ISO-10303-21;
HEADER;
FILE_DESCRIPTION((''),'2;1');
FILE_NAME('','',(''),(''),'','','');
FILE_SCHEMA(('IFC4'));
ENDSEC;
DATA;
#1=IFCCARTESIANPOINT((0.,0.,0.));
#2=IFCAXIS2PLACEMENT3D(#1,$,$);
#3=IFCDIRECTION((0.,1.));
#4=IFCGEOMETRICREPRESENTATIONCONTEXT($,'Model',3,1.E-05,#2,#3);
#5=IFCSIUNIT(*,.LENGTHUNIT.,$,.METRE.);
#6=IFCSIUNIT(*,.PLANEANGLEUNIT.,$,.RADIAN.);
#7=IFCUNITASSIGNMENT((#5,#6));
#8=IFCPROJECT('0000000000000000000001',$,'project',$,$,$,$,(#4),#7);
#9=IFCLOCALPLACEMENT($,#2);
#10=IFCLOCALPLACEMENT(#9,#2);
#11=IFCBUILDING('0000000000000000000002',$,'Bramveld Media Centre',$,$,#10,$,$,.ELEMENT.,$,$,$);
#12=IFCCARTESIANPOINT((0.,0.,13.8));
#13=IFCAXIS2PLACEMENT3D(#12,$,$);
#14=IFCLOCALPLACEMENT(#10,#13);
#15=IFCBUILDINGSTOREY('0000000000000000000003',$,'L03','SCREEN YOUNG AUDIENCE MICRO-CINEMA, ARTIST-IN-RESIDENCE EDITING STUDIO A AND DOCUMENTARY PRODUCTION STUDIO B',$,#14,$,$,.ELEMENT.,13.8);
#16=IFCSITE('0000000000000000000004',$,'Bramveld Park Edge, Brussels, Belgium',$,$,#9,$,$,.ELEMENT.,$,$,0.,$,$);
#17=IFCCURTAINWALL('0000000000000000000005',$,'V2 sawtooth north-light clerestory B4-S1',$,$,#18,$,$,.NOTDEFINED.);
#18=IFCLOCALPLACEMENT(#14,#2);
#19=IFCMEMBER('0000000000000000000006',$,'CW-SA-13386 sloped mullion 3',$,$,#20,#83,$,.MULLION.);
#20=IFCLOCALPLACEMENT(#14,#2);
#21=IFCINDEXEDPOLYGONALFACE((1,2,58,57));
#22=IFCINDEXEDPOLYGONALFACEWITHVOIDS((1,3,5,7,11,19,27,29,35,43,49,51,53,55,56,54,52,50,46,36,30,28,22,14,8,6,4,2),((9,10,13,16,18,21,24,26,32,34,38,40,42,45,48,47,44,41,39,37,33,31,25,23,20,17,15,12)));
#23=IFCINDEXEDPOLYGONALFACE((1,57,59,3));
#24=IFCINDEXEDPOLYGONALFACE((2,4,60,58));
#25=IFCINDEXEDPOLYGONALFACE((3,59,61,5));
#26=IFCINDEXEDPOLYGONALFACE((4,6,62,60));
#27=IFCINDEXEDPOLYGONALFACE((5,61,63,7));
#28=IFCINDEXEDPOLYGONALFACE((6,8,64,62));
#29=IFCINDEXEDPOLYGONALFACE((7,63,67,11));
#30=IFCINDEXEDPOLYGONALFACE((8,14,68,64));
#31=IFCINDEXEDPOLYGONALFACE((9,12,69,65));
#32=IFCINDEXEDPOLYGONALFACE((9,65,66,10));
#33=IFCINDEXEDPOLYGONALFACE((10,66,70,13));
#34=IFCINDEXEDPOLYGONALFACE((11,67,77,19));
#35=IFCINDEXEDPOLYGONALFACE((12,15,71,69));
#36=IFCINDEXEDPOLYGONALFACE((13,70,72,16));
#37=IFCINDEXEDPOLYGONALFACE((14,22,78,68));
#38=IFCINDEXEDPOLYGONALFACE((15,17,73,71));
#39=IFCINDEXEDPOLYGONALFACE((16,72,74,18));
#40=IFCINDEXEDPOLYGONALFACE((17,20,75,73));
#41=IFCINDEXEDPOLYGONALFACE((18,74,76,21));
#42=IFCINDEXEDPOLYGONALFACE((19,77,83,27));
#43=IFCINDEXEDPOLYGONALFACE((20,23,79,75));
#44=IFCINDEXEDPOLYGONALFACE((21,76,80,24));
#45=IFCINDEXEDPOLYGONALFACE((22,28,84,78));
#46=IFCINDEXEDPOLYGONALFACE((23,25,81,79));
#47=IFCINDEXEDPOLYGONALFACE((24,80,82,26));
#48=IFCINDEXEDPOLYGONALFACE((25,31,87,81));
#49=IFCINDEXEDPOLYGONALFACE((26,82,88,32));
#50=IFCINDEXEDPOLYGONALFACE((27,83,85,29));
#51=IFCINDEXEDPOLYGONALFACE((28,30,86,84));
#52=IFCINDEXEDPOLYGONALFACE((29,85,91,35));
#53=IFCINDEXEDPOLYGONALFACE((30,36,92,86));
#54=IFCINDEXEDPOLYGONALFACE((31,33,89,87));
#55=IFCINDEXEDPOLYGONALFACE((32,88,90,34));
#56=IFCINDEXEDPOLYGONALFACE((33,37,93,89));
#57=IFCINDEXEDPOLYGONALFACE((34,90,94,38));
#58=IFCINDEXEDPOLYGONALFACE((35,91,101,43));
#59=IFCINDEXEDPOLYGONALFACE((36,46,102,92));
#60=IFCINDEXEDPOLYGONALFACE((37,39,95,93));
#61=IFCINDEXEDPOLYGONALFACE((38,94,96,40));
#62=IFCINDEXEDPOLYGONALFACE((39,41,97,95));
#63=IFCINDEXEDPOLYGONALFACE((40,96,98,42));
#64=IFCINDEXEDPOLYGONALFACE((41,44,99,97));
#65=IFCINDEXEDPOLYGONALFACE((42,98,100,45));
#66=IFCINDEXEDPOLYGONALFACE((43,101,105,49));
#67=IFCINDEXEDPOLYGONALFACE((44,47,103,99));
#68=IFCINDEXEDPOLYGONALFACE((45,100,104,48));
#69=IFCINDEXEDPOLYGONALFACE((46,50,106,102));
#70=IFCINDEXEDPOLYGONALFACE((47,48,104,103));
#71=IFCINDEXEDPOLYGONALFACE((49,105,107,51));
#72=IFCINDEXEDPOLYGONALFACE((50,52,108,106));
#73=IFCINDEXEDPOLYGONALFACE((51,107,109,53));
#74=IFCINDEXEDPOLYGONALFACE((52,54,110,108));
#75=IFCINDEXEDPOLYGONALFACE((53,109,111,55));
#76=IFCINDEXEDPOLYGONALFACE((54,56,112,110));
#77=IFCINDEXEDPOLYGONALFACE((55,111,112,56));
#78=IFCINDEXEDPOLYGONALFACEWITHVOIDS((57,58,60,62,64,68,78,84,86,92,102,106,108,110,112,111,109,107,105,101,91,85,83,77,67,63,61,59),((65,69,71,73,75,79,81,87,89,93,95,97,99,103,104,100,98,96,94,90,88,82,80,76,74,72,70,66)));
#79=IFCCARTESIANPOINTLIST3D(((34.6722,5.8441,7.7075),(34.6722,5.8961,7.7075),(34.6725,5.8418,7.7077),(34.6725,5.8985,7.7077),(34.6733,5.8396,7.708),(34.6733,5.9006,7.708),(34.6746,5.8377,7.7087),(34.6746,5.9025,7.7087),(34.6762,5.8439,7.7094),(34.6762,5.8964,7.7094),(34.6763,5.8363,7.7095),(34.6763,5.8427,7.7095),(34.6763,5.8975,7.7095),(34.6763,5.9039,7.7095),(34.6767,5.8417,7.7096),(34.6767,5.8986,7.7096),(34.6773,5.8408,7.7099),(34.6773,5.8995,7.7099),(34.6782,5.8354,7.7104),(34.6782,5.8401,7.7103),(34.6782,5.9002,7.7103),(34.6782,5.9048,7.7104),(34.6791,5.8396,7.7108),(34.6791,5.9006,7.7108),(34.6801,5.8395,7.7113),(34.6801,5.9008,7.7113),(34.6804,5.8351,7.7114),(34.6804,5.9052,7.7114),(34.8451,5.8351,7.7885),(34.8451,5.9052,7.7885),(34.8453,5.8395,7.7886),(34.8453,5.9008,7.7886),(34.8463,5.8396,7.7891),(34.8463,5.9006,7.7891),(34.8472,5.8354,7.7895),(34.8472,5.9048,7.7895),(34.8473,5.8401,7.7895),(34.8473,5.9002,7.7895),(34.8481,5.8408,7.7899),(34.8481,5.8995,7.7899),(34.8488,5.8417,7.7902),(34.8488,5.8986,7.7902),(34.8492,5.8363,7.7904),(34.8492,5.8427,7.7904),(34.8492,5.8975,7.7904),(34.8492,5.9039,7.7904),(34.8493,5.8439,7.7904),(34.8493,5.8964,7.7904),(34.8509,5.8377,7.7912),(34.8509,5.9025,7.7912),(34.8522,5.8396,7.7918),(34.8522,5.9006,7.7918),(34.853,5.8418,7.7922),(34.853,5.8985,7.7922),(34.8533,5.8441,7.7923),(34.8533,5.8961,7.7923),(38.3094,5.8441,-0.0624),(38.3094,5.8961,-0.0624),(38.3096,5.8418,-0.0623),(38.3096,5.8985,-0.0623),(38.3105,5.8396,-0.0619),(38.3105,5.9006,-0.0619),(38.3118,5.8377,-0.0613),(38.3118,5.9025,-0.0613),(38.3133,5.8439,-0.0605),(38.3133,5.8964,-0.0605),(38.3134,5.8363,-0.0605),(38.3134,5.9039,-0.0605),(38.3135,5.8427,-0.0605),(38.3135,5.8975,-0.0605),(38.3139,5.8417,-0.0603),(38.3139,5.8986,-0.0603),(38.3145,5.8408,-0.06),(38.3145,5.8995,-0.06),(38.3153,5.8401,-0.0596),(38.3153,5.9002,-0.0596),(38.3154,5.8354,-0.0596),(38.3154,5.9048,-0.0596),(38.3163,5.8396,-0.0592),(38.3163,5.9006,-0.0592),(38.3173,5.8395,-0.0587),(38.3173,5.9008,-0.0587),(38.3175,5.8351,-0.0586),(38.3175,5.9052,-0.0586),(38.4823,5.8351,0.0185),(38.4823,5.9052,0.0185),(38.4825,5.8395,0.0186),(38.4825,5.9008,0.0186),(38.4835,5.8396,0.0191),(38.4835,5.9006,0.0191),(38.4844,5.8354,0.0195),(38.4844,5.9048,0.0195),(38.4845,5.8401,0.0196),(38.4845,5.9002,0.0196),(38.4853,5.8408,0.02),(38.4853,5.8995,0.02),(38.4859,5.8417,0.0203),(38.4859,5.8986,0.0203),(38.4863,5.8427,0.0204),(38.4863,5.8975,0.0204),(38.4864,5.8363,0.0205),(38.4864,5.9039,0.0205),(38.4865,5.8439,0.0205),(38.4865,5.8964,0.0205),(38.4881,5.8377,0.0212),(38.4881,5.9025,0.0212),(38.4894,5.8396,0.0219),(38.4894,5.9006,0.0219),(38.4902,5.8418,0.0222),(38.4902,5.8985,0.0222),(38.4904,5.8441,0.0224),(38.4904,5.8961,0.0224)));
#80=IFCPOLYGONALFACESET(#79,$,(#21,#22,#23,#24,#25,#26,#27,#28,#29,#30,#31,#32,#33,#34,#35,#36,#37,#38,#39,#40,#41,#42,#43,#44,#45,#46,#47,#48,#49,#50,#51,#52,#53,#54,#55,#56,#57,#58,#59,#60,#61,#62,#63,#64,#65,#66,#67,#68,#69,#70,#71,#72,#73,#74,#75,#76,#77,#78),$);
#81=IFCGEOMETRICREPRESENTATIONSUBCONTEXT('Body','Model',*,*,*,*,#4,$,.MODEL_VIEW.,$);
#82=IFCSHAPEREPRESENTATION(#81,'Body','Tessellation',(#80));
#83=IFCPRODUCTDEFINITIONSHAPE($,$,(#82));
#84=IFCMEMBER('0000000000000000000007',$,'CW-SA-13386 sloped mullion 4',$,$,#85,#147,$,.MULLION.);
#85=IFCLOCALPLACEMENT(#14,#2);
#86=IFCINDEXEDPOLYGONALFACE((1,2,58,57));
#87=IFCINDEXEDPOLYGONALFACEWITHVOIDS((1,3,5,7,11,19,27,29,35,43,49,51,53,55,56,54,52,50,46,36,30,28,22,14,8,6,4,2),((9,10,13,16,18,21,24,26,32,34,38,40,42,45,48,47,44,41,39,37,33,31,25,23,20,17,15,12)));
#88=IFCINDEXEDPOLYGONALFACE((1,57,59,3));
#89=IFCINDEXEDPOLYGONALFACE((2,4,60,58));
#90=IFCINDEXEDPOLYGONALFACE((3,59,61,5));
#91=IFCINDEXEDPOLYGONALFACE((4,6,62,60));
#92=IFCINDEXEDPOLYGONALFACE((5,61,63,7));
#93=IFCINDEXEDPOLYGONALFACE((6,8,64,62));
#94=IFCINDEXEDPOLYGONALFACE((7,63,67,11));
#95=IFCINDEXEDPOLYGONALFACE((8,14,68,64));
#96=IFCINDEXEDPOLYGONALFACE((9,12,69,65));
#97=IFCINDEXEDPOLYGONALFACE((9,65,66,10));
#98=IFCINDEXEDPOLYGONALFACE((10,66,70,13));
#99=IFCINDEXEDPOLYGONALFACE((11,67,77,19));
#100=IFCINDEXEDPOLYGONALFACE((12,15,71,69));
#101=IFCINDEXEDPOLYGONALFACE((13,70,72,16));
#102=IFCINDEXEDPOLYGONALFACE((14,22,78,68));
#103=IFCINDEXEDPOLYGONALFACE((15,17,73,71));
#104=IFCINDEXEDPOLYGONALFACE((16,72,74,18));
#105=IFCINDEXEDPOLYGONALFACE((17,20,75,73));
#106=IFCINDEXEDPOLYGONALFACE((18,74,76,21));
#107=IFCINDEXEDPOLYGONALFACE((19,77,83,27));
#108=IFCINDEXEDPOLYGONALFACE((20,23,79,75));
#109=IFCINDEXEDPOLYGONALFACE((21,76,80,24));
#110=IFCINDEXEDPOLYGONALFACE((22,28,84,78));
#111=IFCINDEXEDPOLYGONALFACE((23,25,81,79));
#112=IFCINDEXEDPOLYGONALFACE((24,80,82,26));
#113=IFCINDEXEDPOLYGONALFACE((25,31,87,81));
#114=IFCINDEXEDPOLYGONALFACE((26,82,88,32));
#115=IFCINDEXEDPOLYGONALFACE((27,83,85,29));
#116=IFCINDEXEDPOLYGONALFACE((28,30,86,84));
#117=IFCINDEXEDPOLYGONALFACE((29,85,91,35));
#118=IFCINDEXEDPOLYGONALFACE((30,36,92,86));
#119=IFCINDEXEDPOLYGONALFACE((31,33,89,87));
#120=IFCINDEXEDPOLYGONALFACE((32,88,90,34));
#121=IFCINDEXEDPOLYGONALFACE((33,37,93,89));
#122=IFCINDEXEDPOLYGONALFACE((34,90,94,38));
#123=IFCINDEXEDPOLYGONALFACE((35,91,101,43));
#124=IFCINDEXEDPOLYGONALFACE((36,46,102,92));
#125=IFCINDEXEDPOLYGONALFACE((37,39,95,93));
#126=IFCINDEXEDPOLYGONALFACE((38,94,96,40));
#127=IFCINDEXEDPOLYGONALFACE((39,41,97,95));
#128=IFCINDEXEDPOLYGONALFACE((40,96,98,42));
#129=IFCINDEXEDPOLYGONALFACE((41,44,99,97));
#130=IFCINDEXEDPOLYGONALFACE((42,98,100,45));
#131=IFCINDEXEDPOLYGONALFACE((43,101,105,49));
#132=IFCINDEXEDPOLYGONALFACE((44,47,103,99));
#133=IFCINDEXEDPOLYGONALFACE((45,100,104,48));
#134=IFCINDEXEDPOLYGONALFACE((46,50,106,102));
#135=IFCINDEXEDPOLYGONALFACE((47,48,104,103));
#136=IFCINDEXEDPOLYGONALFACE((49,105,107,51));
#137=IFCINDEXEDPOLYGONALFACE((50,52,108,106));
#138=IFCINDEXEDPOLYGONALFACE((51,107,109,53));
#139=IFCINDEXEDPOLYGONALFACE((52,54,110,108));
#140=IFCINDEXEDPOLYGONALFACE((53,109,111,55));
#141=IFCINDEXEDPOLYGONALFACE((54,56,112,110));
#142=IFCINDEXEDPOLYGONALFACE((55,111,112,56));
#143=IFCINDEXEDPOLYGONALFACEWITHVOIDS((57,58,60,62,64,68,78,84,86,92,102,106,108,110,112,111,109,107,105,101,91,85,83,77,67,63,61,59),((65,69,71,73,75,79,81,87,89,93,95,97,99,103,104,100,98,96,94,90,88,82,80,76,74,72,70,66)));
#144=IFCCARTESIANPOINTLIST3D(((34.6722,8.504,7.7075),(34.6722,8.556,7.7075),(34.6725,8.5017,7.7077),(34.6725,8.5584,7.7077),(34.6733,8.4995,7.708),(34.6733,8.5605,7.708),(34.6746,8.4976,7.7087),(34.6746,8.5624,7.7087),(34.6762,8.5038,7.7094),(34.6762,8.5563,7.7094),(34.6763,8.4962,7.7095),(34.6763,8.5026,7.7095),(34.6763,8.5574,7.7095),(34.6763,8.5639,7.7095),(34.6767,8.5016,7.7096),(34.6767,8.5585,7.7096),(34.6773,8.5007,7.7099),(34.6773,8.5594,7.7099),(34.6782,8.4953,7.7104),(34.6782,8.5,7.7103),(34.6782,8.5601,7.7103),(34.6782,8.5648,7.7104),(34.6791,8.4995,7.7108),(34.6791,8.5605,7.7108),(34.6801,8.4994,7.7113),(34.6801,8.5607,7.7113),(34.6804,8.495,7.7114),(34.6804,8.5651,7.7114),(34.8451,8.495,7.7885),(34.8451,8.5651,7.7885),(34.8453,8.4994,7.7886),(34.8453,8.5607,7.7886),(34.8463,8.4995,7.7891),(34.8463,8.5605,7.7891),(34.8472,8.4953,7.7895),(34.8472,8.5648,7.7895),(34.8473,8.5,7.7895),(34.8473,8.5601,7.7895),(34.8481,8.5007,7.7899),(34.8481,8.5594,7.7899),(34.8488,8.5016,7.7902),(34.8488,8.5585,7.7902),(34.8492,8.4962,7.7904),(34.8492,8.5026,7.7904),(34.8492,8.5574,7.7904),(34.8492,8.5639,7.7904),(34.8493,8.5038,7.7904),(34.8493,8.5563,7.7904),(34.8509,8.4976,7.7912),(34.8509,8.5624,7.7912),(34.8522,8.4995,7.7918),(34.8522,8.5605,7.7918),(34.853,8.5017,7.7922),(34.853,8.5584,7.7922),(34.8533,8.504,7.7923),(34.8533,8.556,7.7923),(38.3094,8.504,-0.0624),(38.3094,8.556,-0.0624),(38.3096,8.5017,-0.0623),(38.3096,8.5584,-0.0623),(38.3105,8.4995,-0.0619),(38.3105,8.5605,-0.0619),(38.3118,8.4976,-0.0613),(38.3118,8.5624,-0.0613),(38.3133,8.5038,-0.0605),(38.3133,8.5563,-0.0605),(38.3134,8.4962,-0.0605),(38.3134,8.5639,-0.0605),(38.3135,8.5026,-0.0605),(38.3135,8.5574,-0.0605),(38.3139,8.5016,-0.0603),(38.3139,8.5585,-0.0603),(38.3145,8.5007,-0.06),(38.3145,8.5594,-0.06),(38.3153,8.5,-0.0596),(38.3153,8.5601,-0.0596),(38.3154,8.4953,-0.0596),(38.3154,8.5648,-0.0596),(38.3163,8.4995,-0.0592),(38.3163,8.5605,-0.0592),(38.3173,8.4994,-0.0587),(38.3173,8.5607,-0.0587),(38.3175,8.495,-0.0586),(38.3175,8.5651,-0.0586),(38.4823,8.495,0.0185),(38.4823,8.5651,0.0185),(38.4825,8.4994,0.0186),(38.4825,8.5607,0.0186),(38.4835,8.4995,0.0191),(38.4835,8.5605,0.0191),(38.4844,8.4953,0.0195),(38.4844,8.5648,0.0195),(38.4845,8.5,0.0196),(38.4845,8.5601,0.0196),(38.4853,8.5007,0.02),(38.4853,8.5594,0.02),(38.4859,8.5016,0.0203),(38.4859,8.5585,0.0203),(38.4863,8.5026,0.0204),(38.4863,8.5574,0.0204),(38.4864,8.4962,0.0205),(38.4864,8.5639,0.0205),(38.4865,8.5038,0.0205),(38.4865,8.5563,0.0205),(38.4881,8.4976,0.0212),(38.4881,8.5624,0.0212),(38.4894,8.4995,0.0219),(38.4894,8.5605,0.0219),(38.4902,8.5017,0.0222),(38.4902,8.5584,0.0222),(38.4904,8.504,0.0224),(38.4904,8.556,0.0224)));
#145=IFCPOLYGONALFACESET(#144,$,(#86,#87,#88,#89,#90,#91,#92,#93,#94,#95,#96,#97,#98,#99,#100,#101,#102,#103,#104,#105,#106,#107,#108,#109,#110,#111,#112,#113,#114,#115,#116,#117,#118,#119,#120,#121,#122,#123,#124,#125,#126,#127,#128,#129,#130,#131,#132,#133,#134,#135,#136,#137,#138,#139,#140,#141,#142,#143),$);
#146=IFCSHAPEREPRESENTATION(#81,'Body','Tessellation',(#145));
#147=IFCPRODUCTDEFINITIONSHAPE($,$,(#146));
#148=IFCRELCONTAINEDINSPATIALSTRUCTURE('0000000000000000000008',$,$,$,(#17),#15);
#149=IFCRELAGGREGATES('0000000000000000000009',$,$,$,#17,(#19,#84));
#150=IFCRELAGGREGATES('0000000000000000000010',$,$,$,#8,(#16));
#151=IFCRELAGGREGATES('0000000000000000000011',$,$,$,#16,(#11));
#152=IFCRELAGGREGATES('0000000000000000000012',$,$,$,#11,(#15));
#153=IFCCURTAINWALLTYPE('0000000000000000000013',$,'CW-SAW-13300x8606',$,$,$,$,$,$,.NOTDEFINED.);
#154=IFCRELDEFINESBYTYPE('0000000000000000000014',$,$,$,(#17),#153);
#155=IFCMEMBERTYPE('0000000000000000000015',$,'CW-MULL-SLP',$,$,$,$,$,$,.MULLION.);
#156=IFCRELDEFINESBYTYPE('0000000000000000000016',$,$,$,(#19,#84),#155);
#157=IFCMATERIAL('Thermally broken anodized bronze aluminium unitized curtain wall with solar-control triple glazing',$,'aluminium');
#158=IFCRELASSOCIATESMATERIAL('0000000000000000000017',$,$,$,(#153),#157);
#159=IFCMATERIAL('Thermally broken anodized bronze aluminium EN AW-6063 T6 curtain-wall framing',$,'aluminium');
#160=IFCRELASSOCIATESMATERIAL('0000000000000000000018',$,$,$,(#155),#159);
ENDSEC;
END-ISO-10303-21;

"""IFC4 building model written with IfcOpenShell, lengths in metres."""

from ifc_helpers import new_model, si_unit, direction, frame, origin, origin_2d, place, context, subcontext, project, spatial, hollow_rectangle, extrude, material, material_profile, profile_set, type_object, element, aggregate, save


model = new_model("IFC4")

# Units and contexts
model_context = context("Model", 3, precision=1e-05, world=origin(), true_north=direction((0.0, 1.0)))
body_context = subcontext(model_context, "Body", "Model", "MODEL_VIEW")
ifc_project = project(units=[si_unit("LENGTHUNIT", "METRE"), si_unit("PLANEANGLEUNIT", "RADIAN")], contexts=[model_context])

# Site, building, storey
site_placement = place(None, origin())
site = spatial("IfcSite", under=ifc_project, at=site_placement, Name="Bramveld Park Edge, Brussels, Belgium", CompositionType="ELEMENT", RefElevation=0.0)
building_placement = place(site_placement, origin())
building = spatial("IfcBuilding", under=site, at=building_placement, Name="Bramveld Media Centre", CompositionType="ELEMENT")
storey_placement = place(building_placement, frame((0.0, 0.0, 13.8)))
storey = spatial("IfcBuildingStorey", under=building, at=storey_placement, Name="L03", Description="SCREEN YOUNG AUDIENCE MICRO-CINEMA, ARTIST-IN-RESIDENCE EDITING STUDIO A AND DOCUMENTARY PRODUCTION STUDIO B", CompositionType="ELEMENT", Elevation=13.8)

# Curtain wall, members
ifc_material_1 = material(Name="Thermally broken anodized bronze aluminium unitized curtain wall with solar-control triple glazing", Category="aluminium")
curtain_wall_type = type_object("IfcCurtainWallType", Name="CW-SAW-13300x8606", PredefinedType="NOTDEFINED", material=ifc_material_1)
curtain_wall_placement = place(storey_placement, origin())
curtain_wall = element("IfcCurtainWall", 1, at=curtain_wall_placement, inside=storey, type_object=curtain_wall_type, Name="V2 sawtooth north-light clerestory B4-S1", PredefinedType="NOTDEFINED")
ifc_material_2 = material(Name="Thermally broken anodized bronze aluminium EN AW-6063 T6 curtain-wall framing", Category="aluminium")
ifc_material_profile_1 = material_profile(ifc_material_2, hollow_rectangle(XDim=0.0701, YDim=0.2, WallThickness=0.0044, InnerFilletRadius=0.0044, OuterFilletRadius=0.009, at=origin_2d()), Name="AL-MULL 70x200")
ifc_profile_set_1 = profile_set([ifc_material_profile_1], Name="Thermally broken anodized bronze aluminium EN AW-6063 T6 curtain-wall framing")
member_type_1 = type_object("IfcMemberType", Name="CW-MULL-SLP", PredefinedType="MULLION", material=ifc_profile_set_1)
member_1_placement = place(storey_placement, frame((38.3999, 5.8701, -0.02), z_axis=(-0.423957, 0.0, 0.905682), x_axis=(0.0, -1.0, 0.0)))
member_1 = element("IfcMember", 2, at=member_1_placement, type_object=member_type_1, Name="CW-SA-13386 sloped mullion 3", PredefinedType="MULLION", context=body_context, shape_type="SweptSolid", body=[
    extrude(hollow_rectangle(XDim=0.0701, YDim=0.2, WallThickness=0.0044, InnerFilletRadius=0.0044, OuterFilletRadius=0.009, at=origin_2d()), origin(), (0.0, 0.0, 1.0), 8.5791),
])
member_2_placement = place(storey_placement, frame((38.3999, 8.53, -0.02), z_axis=(-0.423957, 0.0, 0.905682), x_axis=(0.0, -1.0, 0.0)))
member_2 = element("IfcMember", 3, at=member_2_placement, type_object=member_type_1, Name="CW-SA-13386 sloped mullion 4", PredefinedType="MULLION", context=body_context, shape_type="SweptSolid", body=[
    extrude(hollow_rectangle(XDim=0.0701, YDim=0.2, WallThickness=0.0044, InnerFilletRadius=0.0044, OuterFilletRadius=0.009, at=origin_2d()), origin(), (0.0, 0.0, 1.0), 8.5791),
])

aggregate(curtain_wall, [member_1, member_2])

save(model, "model.ifc")
